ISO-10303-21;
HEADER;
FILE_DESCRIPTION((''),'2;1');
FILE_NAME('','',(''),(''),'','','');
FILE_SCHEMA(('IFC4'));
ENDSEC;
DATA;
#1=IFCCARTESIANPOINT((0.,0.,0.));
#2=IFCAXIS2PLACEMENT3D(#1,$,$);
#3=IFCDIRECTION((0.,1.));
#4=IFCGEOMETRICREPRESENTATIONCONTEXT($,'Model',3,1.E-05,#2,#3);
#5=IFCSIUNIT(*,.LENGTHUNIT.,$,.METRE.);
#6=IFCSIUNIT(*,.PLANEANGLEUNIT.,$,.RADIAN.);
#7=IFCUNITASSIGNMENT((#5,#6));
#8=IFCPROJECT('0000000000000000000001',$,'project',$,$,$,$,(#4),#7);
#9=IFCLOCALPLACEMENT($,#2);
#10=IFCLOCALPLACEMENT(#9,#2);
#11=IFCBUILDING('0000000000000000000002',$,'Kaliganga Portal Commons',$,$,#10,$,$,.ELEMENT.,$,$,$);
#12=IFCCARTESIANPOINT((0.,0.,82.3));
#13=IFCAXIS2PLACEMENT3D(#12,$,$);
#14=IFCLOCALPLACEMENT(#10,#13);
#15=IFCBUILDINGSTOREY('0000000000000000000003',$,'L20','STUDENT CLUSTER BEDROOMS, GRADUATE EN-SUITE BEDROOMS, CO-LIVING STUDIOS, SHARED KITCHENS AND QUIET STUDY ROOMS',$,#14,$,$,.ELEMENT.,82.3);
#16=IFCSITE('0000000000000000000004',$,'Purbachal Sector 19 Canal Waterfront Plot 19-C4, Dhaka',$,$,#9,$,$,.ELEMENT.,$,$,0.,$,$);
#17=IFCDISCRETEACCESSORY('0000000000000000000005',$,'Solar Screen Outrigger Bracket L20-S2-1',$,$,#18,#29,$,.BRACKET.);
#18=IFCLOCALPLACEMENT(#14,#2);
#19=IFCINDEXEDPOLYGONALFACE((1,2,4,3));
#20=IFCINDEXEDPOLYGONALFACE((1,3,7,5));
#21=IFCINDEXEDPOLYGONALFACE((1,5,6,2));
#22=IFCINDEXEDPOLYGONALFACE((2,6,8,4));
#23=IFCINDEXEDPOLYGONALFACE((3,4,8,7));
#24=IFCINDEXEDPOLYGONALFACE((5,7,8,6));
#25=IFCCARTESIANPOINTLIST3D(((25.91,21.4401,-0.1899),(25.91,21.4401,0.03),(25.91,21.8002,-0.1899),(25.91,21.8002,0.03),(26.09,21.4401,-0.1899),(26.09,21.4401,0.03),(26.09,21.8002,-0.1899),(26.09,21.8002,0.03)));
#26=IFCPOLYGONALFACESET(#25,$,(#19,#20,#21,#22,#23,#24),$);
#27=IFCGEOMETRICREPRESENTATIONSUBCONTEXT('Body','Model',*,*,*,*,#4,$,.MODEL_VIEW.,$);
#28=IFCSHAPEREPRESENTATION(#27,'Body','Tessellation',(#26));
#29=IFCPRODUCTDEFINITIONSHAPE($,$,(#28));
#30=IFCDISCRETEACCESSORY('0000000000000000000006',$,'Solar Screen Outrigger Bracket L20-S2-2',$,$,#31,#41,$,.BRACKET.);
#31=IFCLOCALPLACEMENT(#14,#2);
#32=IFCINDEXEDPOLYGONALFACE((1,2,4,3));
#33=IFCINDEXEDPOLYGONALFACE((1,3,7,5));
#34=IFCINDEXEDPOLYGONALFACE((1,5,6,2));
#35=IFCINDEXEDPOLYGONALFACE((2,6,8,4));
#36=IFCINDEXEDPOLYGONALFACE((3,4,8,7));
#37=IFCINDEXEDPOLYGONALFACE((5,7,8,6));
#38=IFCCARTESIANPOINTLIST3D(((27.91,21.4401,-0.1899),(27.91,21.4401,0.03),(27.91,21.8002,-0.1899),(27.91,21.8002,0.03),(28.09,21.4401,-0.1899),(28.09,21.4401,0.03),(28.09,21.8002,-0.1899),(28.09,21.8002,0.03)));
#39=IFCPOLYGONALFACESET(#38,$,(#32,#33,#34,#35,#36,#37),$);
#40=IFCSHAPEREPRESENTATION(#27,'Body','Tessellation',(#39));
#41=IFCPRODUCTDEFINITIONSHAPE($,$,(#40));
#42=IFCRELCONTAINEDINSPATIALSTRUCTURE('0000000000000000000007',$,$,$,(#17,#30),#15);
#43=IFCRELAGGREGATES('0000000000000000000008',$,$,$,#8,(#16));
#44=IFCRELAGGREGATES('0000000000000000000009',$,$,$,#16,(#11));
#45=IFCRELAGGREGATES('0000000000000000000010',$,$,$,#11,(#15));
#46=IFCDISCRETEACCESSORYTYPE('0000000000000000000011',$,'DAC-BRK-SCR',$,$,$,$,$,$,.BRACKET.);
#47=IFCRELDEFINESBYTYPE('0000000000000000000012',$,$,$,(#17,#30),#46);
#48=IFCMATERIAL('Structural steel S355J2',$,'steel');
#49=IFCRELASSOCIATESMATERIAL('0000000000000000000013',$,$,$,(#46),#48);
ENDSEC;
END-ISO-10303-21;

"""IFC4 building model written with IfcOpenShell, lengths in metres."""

from ifc_helpers import new_model, si_unit, direction, frame, origin, origin_2d, place, context, subcontext, project, spatial, rectangle, extrude, source, transform, mapped, material, type_object, element, save


model = new_model("IFC4")

# Units and contexts
model_context = context("Model", 3, precision=1e-05, world=origin(), true_north=direction((0.0, 1.0)))
body_context = subcontext(model_context, "Body", "Model", "MODEL_VIEW")
ifc_project = project(units=[si_unit("LENGTHUNIT", "METRE"), si_unit("PLANEANGLEUNIT", "RADIAN")], contexts=[model_context])

# Site, building, storey
site_placement = place(None, origin())
site = spatial("IfcSite", under=ifc_project, at=site_placement, Name="Purbachal Sector 19 Canal Waterfront Plot 19-C4, Dhaka", CompositionType="ELEMENT", RefElevation=0.0)
building_placement = place(site_placement, origin())
building = spatial("IfcBuilding", under=site, at=building_placement, Name="Kaliganga Portal Commons", CompositionType="ELEMENT")
storey_placement = place(building_placement, frame((0.0, 0.0, 82.3)))
storey = spatial("IfcBuildingStorey", under=building, at=storey_placement, Name="L20", Description="STUDENT CLUSTER BEDROOMS, GRADUATE EN-SUITE BEDROOMS, CO-LIVING STUDIOS, SHARED KITCHENS AND QUIET STUDY ROOMS", CompositionType="ELEMENT", Elevation=82.3)

# Shared definitions
ifc_material_1 = material(Name="Structural steel S355J2", Category="steel")

# Discrete accessories
discrete_accessory_type = type_object("IfcDiscreteAccessoryType", Name="DAC-BRK-SCR", PredefinedType="BRACKET", material=ifc_material_1)
shared_shape_1 = source(origin(), body_context, "Body", "SweptSolid", [
    extrude(rectangle(XDim=0.1799, YDim=0.3601, at=origin_2d()), origin(), (0.0, 0.0, 1.0), 0.22),
])
for number, where, z_axis, x_axis, name in (
    (1, (26.0, 21.6201, -0.1899), (0.0, 0.0, 1.0), (1.0, 0.0, 0.0), "Solar Screen Outrigger Bracket L20-S2-1"),
    (2, (28.0, 21.6201, -0.1899), (0.0, 0.0, 1.0), (1.0, 0.0, 0.0), "Solar Screen Outrigger Bracket L20-S2-2"),
):
    element("IfcDiscreteAccessory", number, at=place(storey_placement, frame(where, z_axis=z_axis, x_axis=x_axis)), inside=storey, type_object=discrete_accessory_type, Name=name, PredefinedType="BRACKET", context=body_context, shape_type="MappedRepresentation", body=[
        mapped(shared_shape_1, transform((0.0, 0.0, 0.0), x_axis=(1.0, 0.0, 0.0), y_axis=(0.0, 1.0, 0.0), z_axis=(0.0, 0.0, 1.0), scale=1.0)),
    ])

save(model, "model.ifc")
